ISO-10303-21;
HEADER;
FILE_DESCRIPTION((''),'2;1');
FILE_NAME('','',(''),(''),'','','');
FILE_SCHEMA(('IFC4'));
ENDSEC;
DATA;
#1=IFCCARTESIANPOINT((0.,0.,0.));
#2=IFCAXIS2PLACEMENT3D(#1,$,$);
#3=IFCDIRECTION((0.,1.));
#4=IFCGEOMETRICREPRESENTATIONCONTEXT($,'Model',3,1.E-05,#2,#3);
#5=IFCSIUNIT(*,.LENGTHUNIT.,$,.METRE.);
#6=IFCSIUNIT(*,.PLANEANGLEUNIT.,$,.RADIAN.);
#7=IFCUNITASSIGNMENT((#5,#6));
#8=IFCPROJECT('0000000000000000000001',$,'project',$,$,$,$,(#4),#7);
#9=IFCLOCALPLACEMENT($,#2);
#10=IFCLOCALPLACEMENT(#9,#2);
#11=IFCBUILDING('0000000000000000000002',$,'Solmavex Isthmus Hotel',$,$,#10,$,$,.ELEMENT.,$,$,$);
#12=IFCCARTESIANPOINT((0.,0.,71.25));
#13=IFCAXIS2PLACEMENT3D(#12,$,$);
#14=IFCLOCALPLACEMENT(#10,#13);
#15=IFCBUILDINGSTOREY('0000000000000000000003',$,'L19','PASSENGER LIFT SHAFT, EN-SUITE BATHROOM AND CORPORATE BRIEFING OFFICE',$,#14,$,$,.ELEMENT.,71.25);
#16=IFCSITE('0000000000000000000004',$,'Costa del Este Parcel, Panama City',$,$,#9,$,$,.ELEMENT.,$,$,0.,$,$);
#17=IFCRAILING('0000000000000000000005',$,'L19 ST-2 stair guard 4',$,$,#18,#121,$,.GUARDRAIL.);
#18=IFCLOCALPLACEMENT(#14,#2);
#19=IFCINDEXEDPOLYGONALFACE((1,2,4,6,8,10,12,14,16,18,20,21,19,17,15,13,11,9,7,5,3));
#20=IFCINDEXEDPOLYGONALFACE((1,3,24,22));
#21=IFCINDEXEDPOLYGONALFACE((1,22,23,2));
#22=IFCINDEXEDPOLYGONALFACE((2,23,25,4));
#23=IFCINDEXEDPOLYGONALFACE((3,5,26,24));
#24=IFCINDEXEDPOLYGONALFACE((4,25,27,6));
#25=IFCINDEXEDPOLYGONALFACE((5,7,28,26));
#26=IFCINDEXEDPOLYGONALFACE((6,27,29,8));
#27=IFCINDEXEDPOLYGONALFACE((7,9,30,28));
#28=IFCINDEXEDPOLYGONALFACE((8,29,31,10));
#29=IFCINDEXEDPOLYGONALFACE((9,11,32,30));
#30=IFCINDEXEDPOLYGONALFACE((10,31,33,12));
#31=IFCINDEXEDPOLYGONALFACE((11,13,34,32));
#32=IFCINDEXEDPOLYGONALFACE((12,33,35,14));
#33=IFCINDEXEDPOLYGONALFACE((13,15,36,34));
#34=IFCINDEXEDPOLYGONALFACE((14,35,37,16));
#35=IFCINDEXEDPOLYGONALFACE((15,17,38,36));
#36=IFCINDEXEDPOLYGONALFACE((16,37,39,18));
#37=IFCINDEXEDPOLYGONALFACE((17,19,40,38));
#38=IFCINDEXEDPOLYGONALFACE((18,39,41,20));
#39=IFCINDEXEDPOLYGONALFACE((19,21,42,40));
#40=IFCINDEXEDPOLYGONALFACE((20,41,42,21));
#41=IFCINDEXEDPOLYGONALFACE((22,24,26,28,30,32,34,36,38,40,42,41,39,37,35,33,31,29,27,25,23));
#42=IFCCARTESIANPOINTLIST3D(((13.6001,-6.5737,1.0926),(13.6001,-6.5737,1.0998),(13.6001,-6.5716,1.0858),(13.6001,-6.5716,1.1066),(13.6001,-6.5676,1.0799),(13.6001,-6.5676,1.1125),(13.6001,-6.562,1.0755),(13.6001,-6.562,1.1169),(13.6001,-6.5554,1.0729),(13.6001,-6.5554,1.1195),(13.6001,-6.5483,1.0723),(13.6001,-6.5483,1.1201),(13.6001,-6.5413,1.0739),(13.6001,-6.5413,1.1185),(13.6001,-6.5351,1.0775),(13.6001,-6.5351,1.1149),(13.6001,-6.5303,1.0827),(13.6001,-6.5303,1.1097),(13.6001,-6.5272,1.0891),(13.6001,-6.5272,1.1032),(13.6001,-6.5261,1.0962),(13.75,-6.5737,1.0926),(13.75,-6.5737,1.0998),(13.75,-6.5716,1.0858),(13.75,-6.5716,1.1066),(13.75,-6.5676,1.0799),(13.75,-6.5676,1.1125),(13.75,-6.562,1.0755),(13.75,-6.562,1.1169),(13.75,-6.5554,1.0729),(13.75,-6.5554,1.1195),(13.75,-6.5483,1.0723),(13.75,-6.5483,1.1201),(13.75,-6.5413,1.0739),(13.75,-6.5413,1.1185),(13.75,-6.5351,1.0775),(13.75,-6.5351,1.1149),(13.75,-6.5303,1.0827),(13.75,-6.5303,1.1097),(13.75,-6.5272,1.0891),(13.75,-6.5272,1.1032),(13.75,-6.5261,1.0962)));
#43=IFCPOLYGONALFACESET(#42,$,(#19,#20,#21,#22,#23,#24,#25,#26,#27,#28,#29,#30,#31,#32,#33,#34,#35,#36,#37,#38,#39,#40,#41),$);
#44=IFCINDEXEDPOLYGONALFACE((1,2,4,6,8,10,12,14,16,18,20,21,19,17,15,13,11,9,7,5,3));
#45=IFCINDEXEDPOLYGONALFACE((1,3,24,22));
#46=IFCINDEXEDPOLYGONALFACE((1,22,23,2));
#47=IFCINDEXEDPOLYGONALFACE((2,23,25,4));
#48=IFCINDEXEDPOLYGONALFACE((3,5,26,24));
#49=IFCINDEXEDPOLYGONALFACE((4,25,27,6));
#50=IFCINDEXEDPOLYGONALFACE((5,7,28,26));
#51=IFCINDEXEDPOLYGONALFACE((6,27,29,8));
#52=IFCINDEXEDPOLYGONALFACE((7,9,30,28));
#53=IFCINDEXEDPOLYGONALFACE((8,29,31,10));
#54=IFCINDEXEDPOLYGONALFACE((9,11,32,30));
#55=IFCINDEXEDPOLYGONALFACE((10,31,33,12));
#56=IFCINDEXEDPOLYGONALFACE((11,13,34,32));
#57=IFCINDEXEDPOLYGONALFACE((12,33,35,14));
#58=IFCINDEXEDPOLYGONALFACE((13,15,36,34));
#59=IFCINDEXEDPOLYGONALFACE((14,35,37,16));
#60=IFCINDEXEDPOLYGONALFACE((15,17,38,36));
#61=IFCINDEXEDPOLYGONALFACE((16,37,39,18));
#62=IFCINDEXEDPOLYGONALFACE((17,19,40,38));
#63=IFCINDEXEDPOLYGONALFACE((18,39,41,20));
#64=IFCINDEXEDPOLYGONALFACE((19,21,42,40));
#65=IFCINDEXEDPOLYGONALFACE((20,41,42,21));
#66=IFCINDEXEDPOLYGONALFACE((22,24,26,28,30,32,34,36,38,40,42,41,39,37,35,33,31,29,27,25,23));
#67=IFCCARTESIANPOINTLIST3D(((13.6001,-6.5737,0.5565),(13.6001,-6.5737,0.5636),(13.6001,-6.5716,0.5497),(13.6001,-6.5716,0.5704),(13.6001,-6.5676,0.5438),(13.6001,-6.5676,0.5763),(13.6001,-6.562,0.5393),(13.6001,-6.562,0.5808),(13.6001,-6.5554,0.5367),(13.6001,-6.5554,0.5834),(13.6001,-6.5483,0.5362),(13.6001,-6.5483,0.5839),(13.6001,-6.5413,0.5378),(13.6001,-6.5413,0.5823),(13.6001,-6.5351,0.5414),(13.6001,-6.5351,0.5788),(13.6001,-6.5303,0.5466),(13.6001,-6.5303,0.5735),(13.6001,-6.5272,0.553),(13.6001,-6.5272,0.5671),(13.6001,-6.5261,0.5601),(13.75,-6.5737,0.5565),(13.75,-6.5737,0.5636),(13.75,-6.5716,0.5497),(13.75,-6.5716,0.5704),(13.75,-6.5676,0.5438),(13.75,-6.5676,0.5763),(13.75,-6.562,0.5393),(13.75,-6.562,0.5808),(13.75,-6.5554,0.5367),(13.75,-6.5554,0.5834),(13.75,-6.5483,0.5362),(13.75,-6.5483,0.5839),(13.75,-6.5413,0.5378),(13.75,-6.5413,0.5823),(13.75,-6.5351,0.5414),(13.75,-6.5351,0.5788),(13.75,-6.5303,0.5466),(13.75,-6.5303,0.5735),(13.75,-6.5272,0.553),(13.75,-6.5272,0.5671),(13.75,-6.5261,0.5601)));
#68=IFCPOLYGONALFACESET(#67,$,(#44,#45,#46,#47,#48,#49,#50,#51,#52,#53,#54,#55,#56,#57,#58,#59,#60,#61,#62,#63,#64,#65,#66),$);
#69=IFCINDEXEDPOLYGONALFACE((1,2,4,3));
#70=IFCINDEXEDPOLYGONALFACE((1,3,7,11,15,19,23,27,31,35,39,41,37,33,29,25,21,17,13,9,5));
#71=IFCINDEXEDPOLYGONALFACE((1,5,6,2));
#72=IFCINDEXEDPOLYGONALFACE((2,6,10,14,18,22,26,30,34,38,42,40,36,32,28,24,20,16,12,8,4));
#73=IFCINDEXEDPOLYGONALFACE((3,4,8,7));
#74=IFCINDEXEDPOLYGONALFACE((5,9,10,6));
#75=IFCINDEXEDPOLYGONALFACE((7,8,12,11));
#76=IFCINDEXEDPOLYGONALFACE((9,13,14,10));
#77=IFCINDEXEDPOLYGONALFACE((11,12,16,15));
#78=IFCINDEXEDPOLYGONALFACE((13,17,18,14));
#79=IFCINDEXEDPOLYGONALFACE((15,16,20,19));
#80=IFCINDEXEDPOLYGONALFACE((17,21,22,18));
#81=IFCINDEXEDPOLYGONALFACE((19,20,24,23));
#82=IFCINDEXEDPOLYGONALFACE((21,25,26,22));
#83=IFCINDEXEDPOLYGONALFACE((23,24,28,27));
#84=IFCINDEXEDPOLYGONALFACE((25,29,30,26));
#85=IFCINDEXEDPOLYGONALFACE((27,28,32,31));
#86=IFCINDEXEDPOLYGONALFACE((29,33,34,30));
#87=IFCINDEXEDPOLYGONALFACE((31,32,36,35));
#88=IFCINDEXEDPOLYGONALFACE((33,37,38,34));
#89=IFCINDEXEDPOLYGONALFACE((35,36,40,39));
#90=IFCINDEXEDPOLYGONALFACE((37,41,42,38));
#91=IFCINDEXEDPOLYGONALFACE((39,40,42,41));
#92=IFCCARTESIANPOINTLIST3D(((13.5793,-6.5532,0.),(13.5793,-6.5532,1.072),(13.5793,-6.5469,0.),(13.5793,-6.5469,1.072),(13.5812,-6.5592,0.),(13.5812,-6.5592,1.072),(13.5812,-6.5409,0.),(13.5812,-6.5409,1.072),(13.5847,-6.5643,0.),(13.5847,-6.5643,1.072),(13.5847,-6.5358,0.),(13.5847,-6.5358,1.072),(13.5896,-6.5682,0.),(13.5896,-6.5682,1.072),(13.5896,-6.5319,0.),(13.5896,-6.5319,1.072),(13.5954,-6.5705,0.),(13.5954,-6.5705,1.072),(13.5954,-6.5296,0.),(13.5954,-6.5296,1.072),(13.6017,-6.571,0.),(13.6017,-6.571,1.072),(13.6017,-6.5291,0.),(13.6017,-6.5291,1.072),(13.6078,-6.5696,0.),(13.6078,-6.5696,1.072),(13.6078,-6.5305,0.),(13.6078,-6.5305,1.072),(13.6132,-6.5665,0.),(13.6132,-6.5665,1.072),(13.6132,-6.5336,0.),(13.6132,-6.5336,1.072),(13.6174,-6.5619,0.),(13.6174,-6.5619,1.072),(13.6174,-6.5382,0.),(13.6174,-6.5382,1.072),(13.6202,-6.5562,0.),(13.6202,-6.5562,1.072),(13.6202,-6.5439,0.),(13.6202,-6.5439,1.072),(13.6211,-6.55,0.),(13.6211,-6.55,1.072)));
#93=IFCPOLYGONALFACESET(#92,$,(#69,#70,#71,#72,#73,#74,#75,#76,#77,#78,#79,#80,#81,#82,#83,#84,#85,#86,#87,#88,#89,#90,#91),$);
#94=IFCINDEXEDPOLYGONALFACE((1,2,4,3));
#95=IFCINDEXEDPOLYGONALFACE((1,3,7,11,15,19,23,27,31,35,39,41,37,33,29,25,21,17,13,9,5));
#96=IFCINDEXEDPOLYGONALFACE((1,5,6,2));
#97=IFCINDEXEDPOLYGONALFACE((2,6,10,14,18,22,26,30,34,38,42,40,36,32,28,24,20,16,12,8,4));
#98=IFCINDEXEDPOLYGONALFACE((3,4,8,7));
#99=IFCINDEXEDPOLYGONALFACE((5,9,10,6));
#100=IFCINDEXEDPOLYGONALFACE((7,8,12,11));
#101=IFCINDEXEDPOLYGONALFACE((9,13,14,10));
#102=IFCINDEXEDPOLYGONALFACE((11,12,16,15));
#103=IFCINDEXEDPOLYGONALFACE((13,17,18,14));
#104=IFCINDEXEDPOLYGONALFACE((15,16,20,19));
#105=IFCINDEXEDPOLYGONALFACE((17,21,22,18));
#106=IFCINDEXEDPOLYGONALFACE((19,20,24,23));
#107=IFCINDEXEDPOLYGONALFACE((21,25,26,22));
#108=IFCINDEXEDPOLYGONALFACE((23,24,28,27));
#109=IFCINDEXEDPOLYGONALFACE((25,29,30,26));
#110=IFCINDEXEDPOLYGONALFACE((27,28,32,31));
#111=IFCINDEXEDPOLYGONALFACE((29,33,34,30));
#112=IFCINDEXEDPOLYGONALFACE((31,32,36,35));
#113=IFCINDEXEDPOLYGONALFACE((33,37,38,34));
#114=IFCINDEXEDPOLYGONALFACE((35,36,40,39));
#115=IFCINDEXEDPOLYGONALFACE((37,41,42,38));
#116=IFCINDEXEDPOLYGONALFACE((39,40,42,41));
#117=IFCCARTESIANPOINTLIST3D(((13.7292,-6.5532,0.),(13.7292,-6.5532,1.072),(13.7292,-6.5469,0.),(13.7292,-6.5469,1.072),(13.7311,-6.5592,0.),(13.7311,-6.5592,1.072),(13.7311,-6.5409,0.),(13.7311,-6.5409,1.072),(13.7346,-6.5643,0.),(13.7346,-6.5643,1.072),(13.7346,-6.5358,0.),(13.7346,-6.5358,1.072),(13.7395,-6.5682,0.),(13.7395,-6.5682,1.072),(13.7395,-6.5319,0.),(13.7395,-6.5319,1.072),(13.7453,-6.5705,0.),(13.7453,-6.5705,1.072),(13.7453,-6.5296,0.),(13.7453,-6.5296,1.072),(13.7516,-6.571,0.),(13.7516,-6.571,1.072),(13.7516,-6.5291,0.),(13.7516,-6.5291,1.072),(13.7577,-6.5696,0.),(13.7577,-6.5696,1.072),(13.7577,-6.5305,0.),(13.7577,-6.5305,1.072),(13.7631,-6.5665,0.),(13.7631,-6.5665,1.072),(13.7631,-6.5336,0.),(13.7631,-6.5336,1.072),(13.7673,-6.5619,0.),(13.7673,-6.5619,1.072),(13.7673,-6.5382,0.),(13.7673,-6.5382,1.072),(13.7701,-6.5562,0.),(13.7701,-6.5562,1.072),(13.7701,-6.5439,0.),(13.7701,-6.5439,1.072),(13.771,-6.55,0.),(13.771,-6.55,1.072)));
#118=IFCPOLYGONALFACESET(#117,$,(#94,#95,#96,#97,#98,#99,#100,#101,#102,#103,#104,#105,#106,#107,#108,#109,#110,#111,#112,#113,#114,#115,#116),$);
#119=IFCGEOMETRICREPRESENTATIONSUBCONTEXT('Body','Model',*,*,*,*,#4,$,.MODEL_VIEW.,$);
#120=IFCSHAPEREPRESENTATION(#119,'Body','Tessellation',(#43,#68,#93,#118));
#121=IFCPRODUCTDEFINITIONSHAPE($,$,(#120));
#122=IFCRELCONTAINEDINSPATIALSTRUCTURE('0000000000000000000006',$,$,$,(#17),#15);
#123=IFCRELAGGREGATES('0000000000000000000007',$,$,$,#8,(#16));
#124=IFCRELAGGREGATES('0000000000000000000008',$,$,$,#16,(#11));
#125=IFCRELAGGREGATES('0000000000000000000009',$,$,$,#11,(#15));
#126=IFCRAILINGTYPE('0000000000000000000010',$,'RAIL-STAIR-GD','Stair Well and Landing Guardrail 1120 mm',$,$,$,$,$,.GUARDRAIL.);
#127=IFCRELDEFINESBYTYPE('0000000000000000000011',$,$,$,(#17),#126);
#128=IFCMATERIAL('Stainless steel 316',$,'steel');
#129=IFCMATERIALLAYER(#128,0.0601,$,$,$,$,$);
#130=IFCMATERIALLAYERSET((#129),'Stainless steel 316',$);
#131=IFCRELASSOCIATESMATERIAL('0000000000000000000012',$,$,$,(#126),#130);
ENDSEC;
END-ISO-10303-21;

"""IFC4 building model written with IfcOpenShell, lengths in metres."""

from ifc_helpers import new_model, si_unit, direction, frame, origin, origin_2d, place, context, subcontext, project, spatial, circle, extrude, material, layer, layer_set, type_object, element, save


model = new_model("IFC4")

# Units and contexts
model_context = context("Model", 3, precision=1e-05, world=origin(), true_north=direction((0.0, 1.0)))
body_context = subcontext(model_context, "Body", "Model", "MODEL_VIEW")
ifc_project = project(units=[si_unit("LENGTHUNIT", "METRE"), si_unit("PLANEANGLEUNIT", "RADIAN")], contexts=[model_context])

# Site, building, storey
site_placement = place(None, origin())
site = spatial("IfcSite", under=ifc_project, at=site_placement, Name="Costa del Este Parcel, Panama City", CompositionType="ELEMENT", RefElevation=0.0)
building_placement = place(site_placement, origin())
building = spatial("IfcBuilding", under=site, at=building_placement, Name="Solmavex Isthmus Hotel", CompositionType="ELEMENT")
storey_placement = place(building_placement, frame((0.0, 0.0, 71.25)))
storey = spatial("IfcBuildingStorey", under=building, at=storey_placement, Name="L19", Description="PASSENGER LIFT SHAFT, EN-SUITE BATHROOM AND CORPORATE BRIEFING OFFICE", CompositionType="ELEMENT", Elevation=71.25)

# Railing
ifc_material_1 = material(Name="Stainless steel 316", Category="steel")
ifc_layer_1 = layer(ifc_material_1, 0.0601)
ifc_layer_set_1 = layer_set([ifc_layer_1], Name="Stainless steel 316")
railing_type_1 = type_object("IfcRailingType", Name="RAIL-STAIR-GD", Description="Stair Well and Landing Guardrail 1120 mm", PredefinedType="GUARDRAIL", material=ifc_layer_set_1)
railing_1_placement = place(storey_placement, frame((13.6001, -6.55, 0.0)))
element("IfcRailing", 1, at=railing_1_placement, inside=storey, type_object=railing_type_1, Name="L19 ST-2 stair guard 4", PredefinedType="GUARDRAIL", context=body_context, shape_type="SweptSolid", body=[
    extrude(circle(Radius=0.0239, at=origin_2d()), frame((0.0, 0.0, 1.0962), z_axis=(1.0, 0.0, 0.0), x_axis=(0.0, 1.0, 0.0)), (0.0, 0.0, 1.0), 0.1499),
    extrude(circle(Radius=0.0239, at=origin_2d()), frame((0.0, 0.0, 0.5601), z_axis=(1.0, 0.0, 0.0), x_axis=(0.0, 1.0, 0.0)), (0.0, 0.0, 1.0), 0.1499),
    extrude(circle(Radius=0.021, at=origin_2d()), origin(), (0.0, 0.0, 1.0), 1.072),
    extrude(circle(Radius=0.021, at=origin_2d()), frame((0.1499, 0.0, 0.0)), (0.0, 0.0, 1.0), 1.072),
])

save(model, "model.ifc")
